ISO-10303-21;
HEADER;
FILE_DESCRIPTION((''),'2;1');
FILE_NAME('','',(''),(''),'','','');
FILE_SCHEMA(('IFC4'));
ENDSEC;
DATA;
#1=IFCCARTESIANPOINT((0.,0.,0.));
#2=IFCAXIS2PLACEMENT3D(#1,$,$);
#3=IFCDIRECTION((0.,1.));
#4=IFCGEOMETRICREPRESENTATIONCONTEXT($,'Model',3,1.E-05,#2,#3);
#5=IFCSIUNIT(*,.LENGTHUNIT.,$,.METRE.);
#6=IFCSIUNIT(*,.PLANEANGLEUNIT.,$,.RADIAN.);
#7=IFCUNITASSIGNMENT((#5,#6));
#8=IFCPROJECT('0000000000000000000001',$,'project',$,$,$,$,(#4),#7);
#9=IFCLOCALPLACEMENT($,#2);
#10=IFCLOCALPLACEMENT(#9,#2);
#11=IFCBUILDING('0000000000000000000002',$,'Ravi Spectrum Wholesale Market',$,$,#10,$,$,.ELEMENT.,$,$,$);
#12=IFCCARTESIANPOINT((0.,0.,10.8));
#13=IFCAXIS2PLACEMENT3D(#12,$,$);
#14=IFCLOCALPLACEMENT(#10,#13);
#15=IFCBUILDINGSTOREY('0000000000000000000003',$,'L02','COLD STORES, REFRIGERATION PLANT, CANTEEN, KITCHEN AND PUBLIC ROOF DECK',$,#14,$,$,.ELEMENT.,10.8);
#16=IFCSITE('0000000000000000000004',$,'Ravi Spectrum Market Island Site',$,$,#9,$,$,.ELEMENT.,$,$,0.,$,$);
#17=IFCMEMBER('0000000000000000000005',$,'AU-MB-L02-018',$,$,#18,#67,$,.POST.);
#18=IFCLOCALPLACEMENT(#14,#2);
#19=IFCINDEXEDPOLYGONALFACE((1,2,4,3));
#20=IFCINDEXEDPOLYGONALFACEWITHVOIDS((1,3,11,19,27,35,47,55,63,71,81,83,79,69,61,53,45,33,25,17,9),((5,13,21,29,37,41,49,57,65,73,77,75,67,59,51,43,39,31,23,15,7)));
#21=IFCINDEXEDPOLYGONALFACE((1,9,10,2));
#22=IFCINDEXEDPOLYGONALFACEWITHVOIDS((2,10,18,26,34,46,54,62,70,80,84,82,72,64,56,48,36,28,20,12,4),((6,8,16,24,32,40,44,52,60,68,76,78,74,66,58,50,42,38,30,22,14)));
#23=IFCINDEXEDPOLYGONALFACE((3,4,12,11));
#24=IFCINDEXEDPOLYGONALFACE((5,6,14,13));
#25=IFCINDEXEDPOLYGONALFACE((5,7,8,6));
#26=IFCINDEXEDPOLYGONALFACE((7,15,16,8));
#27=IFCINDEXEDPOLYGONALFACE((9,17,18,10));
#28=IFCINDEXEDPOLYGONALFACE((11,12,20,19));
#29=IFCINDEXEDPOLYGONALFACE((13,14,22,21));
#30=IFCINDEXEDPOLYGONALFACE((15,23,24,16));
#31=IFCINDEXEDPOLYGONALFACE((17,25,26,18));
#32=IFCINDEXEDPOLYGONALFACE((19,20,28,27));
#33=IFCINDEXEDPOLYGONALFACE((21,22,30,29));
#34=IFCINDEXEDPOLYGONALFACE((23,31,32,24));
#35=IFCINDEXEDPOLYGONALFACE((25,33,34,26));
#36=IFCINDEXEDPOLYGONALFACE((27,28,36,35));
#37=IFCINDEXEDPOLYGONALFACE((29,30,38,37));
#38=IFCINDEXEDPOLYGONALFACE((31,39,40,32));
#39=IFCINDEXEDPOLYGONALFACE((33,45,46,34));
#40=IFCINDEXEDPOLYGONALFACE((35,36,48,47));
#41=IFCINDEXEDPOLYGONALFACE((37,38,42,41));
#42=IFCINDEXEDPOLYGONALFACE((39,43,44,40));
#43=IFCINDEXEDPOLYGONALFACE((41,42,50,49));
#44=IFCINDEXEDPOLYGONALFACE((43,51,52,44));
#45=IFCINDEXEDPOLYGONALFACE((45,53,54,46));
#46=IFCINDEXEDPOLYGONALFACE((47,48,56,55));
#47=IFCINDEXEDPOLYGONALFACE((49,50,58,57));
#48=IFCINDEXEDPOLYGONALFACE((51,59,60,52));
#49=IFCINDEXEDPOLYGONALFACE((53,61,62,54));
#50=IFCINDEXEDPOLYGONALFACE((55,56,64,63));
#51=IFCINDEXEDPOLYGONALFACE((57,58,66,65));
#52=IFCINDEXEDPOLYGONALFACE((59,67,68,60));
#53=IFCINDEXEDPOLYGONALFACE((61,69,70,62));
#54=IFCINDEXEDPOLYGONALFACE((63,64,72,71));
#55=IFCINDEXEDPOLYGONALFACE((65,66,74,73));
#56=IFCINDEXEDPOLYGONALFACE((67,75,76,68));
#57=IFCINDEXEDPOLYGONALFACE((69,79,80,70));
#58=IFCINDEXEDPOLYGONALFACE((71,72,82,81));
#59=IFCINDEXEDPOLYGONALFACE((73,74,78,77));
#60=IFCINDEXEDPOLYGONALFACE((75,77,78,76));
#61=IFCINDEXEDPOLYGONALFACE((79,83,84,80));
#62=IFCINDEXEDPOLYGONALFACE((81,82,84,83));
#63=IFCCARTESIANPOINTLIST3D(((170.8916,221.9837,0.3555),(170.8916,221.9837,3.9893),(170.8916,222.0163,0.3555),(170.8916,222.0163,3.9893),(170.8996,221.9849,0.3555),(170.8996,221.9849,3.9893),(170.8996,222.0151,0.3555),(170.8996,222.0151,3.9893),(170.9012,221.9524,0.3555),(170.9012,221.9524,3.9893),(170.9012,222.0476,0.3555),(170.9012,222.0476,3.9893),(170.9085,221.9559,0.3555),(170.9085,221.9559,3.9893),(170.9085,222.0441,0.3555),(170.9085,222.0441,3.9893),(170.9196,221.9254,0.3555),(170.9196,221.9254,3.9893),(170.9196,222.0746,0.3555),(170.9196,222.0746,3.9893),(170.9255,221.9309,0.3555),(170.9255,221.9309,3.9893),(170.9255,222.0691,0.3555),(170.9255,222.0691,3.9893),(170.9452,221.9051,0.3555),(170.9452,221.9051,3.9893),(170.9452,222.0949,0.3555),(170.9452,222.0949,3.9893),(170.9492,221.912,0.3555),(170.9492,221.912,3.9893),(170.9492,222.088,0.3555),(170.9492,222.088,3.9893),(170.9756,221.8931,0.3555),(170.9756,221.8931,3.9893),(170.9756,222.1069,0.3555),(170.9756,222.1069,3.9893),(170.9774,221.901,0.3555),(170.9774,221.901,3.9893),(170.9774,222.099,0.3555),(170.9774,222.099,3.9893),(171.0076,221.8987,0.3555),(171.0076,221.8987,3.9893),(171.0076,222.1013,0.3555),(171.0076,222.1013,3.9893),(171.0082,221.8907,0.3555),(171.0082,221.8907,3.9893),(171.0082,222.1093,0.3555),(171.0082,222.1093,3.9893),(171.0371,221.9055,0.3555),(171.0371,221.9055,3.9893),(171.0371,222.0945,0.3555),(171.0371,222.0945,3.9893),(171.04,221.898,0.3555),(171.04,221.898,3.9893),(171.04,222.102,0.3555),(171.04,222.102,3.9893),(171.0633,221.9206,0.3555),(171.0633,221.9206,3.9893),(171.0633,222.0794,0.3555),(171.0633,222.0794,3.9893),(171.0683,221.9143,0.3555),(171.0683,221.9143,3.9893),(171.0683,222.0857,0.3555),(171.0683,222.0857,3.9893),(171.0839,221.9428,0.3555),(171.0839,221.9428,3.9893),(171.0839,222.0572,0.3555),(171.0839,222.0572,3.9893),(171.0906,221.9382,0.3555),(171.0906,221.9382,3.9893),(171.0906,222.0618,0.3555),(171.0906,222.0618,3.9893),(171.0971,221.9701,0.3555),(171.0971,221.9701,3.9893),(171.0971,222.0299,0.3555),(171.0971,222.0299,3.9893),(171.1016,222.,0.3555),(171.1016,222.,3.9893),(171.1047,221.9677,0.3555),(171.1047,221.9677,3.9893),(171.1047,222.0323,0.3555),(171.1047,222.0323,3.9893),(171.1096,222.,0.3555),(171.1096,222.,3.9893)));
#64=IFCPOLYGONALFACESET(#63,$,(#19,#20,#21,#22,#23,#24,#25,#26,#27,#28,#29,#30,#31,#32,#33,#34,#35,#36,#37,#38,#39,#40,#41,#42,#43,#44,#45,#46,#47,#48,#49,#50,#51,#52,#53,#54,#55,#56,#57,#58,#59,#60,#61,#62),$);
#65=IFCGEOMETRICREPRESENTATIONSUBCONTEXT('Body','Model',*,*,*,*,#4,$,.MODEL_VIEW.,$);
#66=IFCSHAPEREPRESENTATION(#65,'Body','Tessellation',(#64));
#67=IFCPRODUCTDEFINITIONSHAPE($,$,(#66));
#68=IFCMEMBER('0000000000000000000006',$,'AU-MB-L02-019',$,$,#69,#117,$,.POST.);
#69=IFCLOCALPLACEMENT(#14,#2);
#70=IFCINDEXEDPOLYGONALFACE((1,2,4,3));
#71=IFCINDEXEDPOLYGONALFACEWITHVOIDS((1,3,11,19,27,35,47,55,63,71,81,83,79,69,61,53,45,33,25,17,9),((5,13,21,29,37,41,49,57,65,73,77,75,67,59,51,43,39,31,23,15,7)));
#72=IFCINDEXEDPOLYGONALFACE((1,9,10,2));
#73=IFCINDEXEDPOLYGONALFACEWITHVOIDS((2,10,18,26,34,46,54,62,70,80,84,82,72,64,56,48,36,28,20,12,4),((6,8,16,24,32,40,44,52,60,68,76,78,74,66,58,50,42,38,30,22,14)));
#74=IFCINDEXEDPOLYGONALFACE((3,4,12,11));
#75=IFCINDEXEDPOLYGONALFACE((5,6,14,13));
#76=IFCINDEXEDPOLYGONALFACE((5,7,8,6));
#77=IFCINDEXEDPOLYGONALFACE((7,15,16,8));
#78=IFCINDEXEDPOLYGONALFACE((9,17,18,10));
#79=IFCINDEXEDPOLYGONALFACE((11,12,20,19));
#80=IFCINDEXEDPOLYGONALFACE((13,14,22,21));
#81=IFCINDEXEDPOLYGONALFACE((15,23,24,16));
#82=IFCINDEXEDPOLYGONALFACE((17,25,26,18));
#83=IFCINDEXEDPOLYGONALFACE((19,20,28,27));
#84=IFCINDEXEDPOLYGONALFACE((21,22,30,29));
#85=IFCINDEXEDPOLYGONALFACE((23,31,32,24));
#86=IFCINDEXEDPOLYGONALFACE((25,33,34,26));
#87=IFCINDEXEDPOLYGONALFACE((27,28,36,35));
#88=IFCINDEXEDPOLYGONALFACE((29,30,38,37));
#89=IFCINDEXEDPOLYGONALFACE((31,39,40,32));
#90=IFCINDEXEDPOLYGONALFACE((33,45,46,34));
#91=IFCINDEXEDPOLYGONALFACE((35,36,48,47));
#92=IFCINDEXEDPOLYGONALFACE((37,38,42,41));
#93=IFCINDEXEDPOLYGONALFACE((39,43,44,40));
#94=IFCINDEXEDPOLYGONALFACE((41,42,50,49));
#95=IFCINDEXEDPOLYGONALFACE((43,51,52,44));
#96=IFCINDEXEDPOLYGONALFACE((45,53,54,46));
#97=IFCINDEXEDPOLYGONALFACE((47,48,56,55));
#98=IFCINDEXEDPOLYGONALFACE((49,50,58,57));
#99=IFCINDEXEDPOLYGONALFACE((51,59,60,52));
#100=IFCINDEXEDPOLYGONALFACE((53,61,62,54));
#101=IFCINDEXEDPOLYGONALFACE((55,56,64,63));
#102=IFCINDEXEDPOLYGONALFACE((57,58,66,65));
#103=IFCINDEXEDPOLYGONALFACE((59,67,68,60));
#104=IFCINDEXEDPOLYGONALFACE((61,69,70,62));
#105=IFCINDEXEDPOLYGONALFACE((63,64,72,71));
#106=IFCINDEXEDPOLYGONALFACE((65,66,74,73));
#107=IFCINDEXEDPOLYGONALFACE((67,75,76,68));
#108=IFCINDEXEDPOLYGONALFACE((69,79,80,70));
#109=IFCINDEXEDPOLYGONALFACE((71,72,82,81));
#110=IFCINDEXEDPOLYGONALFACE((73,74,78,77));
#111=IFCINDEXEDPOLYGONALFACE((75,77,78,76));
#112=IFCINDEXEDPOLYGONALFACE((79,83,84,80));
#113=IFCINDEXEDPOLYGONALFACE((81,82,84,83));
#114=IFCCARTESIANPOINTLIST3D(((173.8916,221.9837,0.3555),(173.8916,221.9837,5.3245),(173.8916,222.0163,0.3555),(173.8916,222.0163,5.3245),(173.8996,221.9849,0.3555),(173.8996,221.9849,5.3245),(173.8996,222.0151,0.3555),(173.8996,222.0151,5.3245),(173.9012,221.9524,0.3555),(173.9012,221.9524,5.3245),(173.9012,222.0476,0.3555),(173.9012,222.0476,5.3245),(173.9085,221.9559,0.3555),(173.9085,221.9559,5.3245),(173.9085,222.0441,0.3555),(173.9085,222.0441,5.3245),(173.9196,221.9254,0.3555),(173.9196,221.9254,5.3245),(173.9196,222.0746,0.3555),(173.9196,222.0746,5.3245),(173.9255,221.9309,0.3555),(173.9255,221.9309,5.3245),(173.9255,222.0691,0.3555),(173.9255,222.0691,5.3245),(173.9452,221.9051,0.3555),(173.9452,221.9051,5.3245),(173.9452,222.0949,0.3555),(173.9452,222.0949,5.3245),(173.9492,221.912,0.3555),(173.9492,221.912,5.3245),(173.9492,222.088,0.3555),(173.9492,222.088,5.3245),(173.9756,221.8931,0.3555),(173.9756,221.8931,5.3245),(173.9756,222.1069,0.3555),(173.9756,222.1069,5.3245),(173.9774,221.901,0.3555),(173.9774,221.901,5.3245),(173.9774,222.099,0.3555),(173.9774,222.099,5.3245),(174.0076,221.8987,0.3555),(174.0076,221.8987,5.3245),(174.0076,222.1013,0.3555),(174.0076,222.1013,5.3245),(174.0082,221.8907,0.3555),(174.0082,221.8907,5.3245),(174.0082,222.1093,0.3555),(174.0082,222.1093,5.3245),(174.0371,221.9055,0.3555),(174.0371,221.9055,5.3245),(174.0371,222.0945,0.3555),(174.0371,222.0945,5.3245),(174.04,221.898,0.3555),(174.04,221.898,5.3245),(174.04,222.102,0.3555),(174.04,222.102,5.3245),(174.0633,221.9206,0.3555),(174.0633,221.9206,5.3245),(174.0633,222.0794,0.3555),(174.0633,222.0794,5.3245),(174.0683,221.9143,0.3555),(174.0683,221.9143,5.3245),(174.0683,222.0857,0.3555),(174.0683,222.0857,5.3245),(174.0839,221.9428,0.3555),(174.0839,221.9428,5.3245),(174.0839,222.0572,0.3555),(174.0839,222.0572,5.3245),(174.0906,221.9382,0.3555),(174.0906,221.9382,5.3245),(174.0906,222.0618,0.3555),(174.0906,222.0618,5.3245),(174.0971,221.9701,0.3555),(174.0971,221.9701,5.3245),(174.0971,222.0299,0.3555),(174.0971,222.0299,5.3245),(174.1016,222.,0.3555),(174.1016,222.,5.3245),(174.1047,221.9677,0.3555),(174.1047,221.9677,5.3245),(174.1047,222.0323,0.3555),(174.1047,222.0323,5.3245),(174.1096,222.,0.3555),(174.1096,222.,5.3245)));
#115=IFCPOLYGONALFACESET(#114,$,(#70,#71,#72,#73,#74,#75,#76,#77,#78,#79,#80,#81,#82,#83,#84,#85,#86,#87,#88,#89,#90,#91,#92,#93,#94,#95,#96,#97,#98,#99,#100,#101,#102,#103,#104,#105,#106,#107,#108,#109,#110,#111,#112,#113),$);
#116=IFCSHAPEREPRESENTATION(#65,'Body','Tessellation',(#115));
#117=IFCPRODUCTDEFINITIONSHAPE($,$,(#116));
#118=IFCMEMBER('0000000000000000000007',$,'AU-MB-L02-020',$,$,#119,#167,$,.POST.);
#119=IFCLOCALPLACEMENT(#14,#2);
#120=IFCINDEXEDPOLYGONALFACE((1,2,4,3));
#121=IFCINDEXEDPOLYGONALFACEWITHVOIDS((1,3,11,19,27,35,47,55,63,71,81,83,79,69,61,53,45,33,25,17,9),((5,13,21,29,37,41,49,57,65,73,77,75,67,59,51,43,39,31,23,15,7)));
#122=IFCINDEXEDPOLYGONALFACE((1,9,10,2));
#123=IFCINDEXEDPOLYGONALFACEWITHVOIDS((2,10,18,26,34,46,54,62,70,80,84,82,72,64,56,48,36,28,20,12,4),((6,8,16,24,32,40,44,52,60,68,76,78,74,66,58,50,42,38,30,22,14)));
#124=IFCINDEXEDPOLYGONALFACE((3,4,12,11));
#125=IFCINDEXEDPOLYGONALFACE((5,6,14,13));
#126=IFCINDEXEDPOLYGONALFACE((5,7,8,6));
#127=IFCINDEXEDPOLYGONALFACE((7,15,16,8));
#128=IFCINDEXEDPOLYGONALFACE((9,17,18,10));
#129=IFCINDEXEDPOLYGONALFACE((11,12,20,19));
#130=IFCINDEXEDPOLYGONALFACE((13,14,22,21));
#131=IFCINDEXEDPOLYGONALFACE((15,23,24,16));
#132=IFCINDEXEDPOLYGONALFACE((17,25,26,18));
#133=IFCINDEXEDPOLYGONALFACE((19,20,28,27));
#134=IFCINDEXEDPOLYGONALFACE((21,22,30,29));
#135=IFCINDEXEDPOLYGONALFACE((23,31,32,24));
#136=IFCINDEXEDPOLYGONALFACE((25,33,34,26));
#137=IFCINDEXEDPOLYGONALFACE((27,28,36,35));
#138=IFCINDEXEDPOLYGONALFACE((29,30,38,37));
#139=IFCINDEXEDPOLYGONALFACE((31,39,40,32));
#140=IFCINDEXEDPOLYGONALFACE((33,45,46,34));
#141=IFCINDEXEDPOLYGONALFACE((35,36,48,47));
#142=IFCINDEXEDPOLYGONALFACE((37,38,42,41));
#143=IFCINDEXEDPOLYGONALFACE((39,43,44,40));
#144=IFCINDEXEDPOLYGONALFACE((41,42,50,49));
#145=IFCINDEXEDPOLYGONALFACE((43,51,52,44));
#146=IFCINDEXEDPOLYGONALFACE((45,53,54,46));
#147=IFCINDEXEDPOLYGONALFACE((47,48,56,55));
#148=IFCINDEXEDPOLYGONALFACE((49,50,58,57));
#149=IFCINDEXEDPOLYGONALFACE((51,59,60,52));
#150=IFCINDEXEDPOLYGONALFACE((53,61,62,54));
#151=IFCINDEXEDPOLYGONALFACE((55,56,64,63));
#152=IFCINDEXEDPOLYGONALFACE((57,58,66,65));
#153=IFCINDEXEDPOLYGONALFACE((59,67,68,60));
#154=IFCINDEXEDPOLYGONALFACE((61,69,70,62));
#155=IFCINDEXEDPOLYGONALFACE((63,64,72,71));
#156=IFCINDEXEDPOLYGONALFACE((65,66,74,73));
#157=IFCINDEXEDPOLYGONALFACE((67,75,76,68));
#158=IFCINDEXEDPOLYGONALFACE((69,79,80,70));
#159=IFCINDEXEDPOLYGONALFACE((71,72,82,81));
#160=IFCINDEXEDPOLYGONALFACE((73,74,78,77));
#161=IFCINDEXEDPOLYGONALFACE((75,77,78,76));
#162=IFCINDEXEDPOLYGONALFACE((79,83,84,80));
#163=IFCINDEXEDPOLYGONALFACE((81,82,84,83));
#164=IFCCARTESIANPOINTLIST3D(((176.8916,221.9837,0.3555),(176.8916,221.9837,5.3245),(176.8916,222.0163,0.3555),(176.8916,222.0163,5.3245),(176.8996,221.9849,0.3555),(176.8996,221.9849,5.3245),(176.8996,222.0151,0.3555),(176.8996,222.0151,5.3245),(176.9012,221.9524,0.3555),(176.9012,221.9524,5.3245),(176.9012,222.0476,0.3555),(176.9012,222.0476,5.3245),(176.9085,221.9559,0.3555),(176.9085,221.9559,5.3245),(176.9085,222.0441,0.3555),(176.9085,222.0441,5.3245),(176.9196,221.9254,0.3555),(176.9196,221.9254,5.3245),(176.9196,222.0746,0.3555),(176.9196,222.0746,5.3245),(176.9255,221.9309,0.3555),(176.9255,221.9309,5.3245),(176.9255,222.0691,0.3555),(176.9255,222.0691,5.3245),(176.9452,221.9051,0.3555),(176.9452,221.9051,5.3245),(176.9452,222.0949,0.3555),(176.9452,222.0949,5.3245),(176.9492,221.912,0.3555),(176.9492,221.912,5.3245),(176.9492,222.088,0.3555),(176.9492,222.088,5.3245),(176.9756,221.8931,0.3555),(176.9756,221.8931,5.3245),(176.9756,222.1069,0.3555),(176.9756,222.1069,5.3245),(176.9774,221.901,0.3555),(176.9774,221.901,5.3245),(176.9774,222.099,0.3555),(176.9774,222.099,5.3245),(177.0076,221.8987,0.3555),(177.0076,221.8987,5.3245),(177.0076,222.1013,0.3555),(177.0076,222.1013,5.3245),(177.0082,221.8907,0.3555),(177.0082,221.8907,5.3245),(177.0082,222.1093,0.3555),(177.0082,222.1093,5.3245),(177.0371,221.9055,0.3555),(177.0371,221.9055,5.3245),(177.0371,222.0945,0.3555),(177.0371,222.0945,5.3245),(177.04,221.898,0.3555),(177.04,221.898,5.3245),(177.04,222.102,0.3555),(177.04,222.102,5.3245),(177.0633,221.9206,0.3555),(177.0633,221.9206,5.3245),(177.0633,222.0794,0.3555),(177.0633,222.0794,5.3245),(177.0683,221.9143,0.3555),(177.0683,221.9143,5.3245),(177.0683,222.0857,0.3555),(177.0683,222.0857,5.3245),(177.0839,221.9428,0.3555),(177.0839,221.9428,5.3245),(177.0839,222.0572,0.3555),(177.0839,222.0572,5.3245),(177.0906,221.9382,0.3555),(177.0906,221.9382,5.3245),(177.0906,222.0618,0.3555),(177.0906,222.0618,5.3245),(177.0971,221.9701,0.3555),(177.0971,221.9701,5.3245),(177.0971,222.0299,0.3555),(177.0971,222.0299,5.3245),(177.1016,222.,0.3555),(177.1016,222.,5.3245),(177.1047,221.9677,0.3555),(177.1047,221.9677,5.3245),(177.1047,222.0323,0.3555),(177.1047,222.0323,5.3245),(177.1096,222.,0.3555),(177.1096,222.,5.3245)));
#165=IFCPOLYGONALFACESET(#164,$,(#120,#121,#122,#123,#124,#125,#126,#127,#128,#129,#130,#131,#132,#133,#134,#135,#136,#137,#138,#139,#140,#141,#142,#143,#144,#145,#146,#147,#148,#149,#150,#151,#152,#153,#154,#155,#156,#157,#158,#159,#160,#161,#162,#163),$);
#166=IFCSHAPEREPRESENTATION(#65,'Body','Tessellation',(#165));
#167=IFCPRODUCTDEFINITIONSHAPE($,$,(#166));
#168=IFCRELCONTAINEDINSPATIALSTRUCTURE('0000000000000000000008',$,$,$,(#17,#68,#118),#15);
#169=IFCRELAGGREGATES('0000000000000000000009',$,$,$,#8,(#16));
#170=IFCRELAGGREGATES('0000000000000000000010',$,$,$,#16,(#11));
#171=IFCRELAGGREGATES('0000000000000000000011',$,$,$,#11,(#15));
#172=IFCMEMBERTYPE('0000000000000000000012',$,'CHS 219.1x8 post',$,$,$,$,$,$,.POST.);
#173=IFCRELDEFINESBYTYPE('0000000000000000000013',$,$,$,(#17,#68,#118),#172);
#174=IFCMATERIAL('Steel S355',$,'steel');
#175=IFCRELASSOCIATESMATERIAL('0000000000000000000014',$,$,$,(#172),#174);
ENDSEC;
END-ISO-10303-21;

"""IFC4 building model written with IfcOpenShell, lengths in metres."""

from ifc_helpers import new_model, si_unit, direction, frame, origin, origin_2d, place, context, subcontext, project, spatial, hollow_circle, extrude, material, material_profile, profile_set, type_object, element, save


model = new_model("IFC4")

# Units and contexts
model_context = context("Model", 3, precision=1e-05, world=origin(), true_north=direction((0.0, 1.0)))
body_context = subcontext(model_context, "Body", "Model", "MODEL_VIEW")
ifc_project = project(units=[si_unit("LENGTHUNIT", "METRE"), si_unit("PLANEANGLEUNIT", "RADIAN")], contexts=[model_context])

# Site, building, storey
site_placement = place(None, origin())
site = spatial("IfcSite", under=ifc_project, at=site_placement, Name="Ravi Spectrum Market Island Site", CompositionType="ELEMENT", RefElevation=0.0)
building_placement = place(site_placement, origin())
building = spatial("IfcBuilding", under=site, at=building_placement, Name="Ravi Spectrum Wholesale Market", CompositionType="ELEMENT")
storey_placement = place(building_placement, frame((0.0, 0.0, 10.8)))
storey = spatial("IfcBuildingStorey", under=building, at=storey_placement, Name="L02", Description="COLD STORES, REFRIGERATION PLANT, CANTEEN, KITCHEN AND PUBLIC ROOF DECK", CompositionType="ELEMENT", Elevation=10.8)

# Members
ifc_material_1 = material(Name="Steel S355", Category="steel")
ifc_material_profile_1 = material_profile(ifc_material_1, hollow_circle(Radius=0.1096, WallThickness=0.0081, at=origin_2d()))
ifc_profile_set_1 = profile_set([ifc_material_profile_1], Name="Steel S355")
member_type_1 = type_object("IfcMemberType", Name="CHS 219.1x8 post", PredefinedType="POST", material=ifc_profile_set_1)
member_1_placement = place(storey_placement, frame((171.0, 222.0, 0.3555), z_axis=(0.0, 0.0, 1.0), x_axis=(1.0, 0.0, 0.0)))
element("IfcMember", 1, at=member_1_placement, inside=storey, type_object=member_type_1, Name="AU-MB-L02-018", PredefinedType="POST", context=body_context, shape_type="SweptSolid", body=[
    extrude(hollow_circle(Radius=0.1096, WallThickness=0.0081, at=origin_2d()), origin(), (0.0, 0.0, 1.0), 3.6338),
])
for number, where, z_axis, x_axis, name in (
    (2, (174.0, 222.0, 0.3555), (0.0, 0.0, 1.0), (1.0, 0.0, 0.0), "AU-MB-L02-019"),
    (3, (177.0, 222.0, 0.3555), (0.0, 0.0, 1.0), (1.0, 0.0, 0.0), "AU-MB-L02-020"),
):
    element("IfcMember", number, at=place(storey_placement, frame(where, z_axis=z_axis, x_axis=x_axis)), inside=storey, type_object=member_type_1, Name=name, PredefinedType="POST", context=body_context, shape_type="SweptSolid", body=[
        extrude(hollow_circle(Radius=0.1096, WallThickness=0.0081, at=origin_2d()), origin(), (0.0, 0.0, 1.0), 4.969),
    ])

save(model, "model.ifc")
